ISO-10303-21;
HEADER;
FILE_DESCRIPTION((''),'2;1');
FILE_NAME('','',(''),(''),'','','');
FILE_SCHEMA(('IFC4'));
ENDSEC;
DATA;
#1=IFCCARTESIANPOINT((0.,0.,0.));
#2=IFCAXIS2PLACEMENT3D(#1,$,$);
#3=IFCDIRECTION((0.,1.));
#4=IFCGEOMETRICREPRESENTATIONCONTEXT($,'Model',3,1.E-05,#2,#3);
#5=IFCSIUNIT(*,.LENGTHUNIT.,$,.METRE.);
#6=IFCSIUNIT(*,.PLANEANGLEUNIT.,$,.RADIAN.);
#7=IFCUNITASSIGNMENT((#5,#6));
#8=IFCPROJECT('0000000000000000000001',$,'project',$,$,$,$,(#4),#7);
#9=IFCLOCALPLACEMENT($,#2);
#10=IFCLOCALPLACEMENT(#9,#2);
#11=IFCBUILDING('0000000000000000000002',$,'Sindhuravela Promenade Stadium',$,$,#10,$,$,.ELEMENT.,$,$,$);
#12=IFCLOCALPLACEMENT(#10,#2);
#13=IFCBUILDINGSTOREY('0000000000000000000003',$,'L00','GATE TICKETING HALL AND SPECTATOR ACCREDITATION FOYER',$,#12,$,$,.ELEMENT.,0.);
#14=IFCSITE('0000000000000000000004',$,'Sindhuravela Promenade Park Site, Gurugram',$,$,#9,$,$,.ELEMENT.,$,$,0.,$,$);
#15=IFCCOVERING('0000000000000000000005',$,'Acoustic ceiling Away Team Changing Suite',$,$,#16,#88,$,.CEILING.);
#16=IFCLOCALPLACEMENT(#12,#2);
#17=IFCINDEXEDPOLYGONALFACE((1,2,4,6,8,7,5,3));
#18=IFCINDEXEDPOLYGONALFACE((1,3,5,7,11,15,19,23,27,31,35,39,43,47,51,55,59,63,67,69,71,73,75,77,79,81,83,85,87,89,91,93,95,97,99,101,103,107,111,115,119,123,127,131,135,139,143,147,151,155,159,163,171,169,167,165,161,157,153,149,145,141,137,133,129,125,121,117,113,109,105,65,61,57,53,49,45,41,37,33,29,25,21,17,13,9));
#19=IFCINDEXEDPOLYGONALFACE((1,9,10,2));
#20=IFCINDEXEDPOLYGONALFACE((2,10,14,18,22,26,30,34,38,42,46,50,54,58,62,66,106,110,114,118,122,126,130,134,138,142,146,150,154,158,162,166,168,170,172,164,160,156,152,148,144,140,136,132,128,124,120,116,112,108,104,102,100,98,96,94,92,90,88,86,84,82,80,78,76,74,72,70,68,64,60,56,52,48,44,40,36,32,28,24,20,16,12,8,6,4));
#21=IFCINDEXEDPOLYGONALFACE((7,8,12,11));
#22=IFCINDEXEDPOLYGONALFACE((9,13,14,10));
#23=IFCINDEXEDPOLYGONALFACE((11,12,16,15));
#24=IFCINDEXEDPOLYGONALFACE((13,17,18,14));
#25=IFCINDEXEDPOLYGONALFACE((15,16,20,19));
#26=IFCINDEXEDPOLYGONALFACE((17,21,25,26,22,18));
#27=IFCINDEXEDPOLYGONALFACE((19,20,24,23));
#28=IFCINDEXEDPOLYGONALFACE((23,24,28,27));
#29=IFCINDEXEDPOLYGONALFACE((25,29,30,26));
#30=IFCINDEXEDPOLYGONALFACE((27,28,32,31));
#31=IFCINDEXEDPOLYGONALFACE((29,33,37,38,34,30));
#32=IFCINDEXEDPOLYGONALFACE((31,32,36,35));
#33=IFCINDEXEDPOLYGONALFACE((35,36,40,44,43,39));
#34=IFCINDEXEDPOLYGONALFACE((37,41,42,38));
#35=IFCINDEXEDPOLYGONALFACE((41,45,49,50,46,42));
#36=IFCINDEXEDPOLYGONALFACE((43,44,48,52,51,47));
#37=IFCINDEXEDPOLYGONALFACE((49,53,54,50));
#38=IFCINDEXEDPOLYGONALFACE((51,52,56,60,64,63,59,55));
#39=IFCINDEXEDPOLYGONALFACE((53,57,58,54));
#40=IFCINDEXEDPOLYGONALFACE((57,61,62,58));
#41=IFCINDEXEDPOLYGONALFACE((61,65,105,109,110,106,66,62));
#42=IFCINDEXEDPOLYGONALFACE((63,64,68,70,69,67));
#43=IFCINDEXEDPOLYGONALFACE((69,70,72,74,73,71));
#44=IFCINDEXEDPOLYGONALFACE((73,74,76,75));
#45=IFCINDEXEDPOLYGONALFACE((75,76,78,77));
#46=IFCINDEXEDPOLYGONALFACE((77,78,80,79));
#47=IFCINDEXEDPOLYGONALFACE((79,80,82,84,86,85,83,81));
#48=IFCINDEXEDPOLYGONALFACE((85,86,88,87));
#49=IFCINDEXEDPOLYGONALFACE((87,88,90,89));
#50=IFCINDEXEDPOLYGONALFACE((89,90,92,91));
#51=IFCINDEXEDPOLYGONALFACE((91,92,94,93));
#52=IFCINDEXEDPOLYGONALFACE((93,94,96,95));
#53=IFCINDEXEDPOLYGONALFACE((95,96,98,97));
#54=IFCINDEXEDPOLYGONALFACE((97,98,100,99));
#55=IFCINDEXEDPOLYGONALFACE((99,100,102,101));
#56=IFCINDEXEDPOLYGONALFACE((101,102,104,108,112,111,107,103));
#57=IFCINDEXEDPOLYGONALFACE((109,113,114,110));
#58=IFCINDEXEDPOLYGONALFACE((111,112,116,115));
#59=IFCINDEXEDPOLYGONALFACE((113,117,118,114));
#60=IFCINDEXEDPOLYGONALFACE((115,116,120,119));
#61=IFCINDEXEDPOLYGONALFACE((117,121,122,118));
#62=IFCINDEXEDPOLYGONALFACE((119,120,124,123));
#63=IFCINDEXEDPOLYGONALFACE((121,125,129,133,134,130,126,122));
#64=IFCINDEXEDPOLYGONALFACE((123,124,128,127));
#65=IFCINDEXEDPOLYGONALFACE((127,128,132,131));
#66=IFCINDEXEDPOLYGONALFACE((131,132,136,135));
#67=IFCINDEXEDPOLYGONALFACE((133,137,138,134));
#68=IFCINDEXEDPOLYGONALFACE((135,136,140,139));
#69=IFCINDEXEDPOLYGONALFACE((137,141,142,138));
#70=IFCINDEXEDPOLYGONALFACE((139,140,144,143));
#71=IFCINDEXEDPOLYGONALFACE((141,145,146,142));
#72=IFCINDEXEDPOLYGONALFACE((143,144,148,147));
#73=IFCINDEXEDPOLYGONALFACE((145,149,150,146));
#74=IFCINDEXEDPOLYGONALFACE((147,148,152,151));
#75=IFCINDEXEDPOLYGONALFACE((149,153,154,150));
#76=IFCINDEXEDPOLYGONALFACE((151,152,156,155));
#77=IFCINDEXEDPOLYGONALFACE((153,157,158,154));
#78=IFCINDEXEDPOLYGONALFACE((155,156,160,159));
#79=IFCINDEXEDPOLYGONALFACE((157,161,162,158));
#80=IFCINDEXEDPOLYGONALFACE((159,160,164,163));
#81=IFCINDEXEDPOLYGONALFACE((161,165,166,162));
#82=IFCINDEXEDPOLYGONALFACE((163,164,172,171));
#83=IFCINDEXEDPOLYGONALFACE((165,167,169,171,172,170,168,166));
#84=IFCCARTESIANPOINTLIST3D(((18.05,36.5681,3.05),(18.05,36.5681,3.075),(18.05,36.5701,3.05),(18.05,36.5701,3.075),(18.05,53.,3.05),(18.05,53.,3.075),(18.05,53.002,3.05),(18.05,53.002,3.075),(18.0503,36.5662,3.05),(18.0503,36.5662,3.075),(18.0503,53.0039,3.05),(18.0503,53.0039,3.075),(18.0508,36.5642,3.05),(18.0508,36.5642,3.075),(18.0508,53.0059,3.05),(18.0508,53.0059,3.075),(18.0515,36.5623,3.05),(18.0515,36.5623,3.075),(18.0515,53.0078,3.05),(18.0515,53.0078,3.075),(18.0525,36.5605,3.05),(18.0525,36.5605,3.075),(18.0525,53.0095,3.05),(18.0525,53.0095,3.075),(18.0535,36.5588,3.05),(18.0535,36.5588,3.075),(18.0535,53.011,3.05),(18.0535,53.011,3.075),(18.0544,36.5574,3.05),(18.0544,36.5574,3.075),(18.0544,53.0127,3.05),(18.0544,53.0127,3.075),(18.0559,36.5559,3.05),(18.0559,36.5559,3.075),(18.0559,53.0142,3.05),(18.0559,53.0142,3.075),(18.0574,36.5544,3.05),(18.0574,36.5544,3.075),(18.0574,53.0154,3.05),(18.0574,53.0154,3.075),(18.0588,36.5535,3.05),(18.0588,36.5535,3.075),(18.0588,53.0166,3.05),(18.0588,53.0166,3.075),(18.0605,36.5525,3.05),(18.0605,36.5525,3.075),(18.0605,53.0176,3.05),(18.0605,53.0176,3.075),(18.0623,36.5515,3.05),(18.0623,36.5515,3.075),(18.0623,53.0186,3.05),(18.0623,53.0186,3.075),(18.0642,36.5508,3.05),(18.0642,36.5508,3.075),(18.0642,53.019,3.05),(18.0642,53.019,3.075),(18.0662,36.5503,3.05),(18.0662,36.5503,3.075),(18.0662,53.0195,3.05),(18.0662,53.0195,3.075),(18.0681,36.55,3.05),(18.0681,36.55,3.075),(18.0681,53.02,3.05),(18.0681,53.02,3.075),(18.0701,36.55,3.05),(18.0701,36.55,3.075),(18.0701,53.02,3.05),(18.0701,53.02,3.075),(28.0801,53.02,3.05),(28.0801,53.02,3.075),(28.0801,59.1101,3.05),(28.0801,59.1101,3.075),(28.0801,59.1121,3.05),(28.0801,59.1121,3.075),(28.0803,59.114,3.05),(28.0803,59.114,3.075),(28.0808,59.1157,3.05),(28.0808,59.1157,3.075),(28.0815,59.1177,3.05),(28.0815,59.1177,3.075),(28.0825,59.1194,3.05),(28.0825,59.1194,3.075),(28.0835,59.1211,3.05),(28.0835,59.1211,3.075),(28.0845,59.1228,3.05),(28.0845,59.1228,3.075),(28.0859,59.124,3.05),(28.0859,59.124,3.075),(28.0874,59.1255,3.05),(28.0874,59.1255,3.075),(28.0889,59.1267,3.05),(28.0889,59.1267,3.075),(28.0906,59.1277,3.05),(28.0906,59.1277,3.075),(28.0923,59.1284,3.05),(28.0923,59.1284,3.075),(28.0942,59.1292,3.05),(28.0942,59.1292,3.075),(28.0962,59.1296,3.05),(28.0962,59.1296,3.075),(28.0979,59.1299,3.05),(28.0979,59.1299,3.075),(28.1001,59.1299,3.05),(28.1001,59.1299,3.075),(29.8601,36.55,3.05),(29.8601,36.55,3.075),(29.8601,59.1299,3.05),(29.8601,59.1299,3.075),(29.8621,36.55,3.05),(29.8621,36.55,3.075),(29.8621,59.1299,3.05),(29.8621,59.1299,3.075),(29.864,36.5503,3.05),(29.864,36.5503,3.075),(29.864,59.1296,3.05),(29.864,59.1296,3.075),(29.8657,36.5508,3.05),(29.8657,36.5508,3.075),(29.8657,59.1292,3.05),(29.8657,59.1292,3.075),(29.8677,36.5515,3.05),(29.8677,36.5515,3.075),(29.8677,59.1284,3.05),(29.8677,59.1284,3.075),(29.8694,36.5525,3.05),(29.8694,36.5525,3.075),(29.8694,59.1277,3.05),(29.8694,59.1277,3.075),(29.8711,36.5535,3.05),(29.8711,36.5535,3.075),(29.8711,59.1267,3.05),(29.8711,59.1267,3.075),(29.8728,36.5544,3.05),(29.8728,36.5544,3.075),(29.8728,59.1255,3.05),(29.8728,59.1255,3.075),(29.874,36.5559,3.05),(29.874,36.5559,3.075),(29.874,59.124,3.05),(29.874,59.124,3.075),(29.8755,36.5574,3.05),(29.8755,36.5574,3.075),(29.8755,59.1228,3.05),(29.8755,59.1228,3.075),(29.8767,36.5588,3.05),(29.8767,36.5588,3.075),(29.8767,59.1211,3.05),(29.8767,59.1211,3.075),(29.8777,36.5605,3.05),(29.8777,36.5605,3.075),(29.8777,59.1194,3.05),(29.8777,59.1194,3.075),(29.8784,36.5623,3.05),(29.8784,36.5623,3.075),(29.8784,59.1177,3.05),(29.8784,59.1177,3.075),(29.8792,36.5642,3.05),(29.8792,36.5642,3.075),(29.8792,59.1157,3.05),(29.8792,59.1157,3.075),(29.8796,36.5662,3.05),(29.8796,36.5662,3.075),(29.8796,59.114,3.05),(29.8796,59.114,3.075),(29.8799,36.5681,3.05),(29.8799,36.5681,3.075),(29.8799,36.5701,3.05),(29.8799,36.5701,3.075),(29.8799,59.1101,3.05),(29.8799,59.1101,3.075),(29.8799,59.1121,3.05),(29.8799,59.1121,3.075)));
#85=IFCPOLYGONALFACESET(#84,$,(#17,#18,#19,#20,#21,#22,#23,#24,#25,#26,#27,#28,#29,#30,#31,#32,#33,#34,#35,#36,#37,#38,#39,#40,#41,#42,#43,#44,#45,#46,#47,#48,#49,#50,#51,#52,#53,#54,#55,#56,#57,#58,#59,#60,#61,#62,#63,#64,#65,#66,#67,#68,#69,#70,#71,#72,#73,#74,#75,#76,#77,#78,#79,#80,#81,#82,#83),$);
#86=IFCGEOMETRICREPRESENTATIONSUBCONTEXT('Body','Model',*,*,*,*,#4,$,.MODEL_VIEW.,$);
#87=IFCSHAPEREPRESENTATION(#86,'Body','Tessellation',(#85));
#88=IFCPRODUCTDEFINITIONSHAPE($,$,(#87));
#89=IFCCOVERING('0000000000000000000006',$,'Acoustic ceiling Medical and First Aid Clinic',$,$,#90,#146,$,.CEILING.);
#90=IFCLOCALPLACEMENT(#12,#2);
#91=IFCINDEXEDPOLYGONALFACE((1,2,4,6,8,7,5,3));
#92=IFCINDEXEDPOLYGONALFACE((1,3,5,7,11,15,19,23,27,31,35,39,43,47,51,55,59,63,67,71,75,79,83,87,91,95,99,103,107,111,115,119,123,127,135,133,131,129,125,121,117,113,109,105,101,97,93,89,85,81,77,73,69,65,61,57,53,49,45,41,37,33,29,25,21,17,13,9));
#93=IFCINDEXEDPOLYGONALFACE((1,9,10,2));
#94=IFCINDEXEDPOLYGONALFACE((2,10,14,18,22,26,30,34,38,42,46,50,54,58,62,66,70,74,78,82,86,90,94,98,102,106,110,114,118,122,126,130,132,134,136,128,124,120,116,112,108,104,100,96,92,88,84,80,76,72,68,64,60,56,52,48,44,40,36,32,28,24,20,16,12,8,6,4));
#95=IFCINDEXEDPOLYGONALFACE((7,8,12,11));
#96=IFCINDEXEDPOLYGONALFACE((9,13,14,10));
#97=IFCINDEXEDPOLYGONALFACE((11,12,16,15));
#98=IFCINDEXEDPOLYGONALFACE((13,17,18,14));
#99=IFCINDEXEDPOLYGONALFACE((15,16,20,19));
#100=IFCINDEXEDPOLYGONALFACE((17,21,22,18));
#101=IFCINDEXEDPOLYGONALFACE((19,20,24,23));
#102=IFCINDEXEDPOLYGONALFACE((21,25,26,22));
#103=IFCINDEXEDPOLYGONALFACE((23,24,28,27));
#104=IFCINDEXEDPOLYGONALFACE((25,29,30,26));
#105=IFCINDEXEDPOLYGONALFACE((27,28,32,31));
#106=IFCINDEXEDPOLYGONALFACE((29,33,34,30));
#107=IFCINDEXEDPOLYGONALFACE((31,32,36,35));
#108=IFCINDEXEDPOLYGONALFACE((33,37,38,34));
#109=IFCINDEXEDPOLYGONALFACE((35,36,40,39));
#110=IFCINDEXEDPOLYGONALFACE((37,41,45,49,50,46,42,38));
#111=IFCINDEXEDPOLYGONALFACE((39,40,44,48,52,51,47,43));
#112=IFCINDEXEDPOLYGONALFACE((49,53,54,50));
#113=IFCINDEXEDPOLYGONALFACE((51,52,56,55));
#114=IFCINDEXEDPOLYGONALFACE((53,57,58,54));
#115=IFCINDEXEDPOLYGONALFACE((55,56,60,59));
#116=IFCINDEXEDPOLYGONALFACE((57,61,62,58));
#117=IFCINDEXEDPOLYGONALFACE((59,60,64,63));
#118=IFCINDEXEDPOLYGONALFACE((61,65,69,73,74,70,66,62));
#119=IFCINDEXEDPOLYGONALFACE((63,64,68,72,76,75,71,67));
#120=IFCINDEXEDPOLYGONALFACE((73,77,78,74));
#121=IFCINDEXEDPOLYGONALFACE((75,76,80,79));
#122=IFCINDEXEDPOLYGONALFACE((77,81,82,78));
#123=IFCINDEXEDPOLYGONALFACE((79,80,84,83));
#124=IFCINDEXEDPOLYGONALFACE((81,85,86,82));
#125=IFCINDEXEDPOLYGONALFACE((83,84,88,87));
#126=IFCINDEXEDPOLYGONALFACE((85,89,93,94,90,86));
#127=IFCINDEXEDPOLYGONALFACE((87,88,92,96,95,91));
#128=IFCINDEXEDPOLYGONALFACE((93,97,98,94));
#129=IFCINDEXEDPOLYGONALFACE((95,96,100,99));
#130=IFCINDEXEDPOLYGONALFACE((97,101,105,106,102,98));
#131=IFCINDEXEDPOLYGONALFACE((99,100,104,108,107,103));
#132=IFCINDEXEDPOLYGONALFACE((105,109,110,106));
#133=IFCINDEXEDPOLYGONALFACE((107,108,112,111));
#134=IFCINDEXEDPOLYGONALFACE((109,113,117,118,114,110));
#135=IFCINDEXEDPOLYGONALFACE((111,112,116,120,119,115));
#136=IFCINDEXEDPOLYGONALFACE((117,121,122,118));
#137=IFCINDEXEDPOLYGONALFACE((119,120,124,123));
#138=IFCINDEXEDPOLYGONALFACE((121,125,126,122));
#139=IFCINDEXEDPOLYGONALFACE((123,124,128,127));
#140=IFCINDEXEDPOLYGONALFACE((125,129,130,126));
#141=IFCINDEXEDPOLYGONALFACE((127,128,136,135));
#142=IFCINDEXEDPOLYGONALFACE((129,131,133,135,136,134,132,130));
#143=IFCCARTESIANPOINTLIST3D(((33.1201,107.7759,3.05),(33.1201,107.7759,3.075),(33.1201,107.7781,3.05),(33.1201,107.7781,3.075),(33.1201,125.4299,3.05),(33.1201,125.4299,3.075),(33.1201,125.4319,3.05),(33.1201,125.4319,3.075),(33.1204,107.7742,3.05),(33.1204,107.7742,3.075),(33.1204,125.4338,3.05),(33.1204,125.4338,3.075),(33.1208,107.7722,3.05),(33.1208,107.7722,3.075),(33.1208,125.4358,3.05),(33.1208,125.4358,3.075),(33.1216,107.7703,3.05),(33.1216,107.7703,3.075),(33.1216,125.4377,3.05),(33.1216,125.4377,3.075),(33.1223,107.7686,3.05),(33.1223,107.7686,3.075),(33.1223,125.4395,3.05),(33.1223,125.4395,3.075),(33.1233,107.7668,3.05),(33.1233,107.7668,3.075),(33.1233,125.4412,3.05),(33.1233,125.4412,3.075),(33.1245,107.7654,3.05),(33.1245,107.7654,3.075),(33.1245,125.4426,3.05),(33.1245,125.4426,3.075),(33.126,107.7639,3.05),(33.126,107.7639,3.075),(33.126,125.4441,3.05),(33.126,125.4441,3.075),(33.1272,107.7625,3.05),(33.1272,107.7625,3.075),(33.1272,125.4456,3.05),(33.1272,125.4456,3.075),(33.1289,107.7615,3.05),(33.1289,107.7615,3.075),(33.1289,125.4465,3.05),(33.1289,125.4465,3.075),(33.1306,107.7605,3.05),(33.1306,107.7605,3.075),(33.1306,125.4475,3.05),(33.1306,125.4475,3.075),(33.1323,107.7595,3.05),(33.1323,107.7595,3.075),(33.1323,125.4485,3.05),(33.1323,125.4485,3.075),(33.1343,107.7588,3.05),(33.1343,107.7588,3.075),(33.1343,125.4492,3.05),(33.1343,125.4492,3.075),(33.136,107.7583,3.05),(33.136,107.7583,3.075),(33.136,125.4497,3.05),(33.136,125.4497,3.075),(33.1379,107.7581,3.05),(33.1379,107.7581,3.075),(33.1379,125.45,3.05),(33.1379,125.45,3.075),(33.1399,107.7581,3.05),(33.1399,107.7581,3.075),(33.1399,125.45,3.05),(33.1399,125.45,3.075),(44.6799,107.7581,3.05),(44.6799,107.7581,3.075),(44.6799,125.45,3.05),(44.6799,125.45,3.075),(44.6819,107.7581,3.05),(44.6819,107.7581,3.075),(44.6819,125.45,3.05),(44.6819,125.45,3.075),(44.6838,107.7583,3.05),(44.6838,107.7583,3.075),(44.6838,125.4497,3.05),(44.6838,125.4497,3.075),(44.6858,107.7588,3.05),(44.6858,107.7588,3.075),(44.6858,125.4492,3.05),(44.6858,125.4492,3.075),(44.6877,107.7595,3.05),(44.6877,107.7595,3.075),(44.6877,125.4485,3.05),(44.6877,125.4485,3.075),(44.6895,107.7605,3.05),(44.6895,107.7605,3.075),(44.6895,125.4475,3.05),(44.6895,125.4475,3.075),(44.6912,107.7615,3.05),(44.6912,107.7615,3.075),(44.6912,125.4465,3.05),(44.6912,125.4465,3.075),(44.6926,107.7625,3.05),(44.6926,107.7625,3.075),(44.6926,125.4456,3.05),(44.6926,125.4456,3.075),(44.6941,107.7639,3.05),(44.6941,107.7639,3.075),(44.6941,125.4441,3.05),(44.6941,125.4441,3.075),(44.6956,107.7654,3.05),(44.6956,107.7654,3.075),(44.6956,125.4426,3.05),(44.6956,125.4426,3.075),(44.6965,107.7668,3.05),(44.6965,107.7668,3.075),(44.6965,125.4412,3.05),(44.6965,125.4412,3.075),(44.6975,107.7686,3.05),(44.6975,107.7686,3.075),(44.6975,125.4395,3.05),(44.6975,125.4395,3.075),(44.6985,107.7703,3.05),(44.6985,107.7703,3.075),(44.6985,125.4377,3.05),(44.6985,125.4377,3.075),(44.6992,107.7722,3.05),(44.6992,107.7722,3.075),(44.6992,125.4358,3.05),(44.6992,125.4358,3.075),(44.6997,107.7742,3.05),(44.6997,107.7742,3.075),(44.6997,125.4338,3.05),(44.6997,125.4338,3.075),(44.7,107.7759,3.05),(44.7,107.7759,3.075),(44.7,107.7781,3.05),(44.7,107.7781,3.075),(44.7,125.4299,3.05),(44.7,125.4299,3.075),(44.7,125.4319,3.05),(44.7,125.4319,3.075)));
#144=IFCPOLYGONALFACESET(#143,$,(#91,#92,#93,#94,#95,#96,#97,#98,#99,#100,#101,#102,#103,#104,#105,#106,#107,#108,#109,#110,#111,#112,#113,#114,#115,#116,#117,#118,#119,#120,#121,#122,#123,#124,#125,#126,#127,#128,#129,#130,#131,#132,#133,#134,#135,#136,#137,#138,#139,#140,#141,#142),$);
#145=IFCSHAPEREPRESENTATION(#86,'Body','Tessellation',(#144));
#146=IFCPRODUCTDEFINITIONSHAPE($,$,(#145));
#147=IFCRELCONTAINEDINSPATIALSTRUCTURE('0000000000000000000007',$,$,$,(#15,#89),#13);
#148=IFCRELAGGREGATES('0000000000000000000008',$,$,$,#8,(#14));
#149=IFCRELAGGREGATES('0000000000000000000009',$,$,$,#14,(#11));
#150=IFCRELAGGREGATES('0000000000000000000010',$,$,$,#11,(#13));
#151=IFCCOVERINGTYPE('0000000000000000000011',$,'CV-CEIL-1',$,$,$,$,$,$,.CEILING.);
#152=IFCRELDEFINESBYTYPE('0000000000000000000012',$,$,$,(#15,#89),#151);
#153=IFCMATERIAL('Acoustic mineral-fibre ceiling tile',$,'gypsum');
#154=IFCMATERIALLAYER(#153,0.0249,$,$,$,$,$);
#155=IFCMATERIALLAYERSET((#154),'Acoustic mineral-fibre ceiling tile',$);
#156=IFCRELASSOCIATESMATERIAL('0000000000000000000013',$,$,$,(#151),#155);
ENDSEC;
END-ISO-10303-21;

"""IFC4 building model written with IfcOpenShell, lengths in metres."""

from ifc_helpers import new_model, si_unit, direction, frame, origin, place, context, subcontext, project, spatial, polyline, outline, extrude, material, layer, layer_set, type_object, element, save


model = new_model("IFC4")

# Units and contexts
model_context = context("Model", 3, precision=1e-05, world=origin(), true_north=direction((0.0, 1.0)))
body_context = subcontext(model_context, "Body", "Model", "MODEL_VIEW")
ifc_project = project(units=[si_unit("LENGTHUNIT", "METRE"), si_unit("PLANEANGLEUNIT", "RADIAN")], contexts=[model_context])

# Site, building, storey
site_placement = place(None, origin())
site = spatial("IfcSite", under=ifc_project, at=site_placement, Name="Sindhuravela Promenade Park Site, Gurugram", CompositionType="ELEMENT", RefElevation=0.0)
building_placement = place(site_placement, origin())
building = spatial("IfcBuilding", under=site, at=building_placement, Name="Sindhuravela Promenade Stadium", CompositionType="ELEMENT")
storey_placement = place(building_placement, origin())
storey = spatial("IfcBuildingStorey", under=building, at=storey_placement, Name="L00", Description="GATE TICKETING HALL AND SPECTATOR ACCREDITATION FOYER", CompositionType="ELEMENT", Elevation=0.0)

# Coverings
ifc_material_1 = material(Name="Acoustic mineral-fibre ceiling tile", Category="gypsum")
ifc_layer_1 = layer(ifc_material_1, 0.0249)
ifc_layer_set_1 = layer_set([ifc_layer_1], Name="Acoustic mineral-fibre ceiling tile")
covering_type_1 = type_object("IfcCoveringType", Name="CV-CEIL-1", PredefinedType="CEILING", material=ifc_layer_set_1)
covering_1_placement = place(storey_placement, frame((0.0, 0.0, 3.05)))
element("IfcCovering", 1, at=covering_1_placement, inside=storey, type_object=covering_type_1, Name="Acoustic ceiling Away Team Changing Suite", PredefinedType="CEILING", context=body_context, shape_type="SweptSolid", body=[
    extrude(outline(polyline([(28.0801, 53.02), (28.0801, 59.1101), (28.0801, 59.1121), (28.0803, 59.114), (28.0808, 59.1157), (28.0815, 59.1177), (28.0825, 59.1194), (28.0835, 59.1211), (28.0845, 59.1228), (28.0859, 59.124), (28.0874, 59.1255), (28.0889, 59.1267), (28.0906, 59.1277), (28.0923, 59.1284), (28.0942, 59.1292), (28.0962, 59.1296), (28.0979, 59.1299), (28.1001, 59.1299), (29.8601, 59.1299), (29.8621, 59.1299), (29.864, 59.1296), (29.8657, 59.1292), (29.8677, 59.1284), (29.8694, 59.1277), (29.8711, 59.1267), (29.8728, 59.1255), (29.874, 59.124), (29.8755, 59.1228), (29.8767, 59.1211), (29.8777, 59.1194), (29.8784, 59.1177), (29.8792, 59.1157), (29.8796, 59.114), (29.8799, 59.1121), (29.8799, 59.1101), (29.8799, 36.5701), (29.8799, 36.5681), (29.8796, 36.5662), (29.8792, 36.5642), (29.8784, 36.5623), (29.8777, 36.5605), (29.8767, 36.5588), (29.8755, 36.5574), (29.874, 36.5559), (29.8728, 36.5544), (29.8711, 36.5535), (29.8694, 36.5525), (29.8677, 36.5515), (29.8657, 36.5508), (29.864, 36.5503), (29.8621, 36.55), (29.8601, 36.55), (18.0701, 36.55), (18.0681, 36.55), (18.0662, 36.5503), (18.0642, 36.5508), (18.0623, 36.5515), (18.0605, 36.5525), (18.0588, 36.5535), (18.0574, 36.5544), (18.0559, 36.5559), (18.0544, 36.5574), (18.0535, 36.5588), (18.0525, 36.5605), (18.0515, 36.5623), (18.0508, 36.5642), (18.0503, 36.5662), (18.05, 36.5681), (18.05, 36.5701), (18.05, 53.0), (18.05, 53.002), (18.0503, 53.0039), (18.0508, 53.0059), (18.0515, 53.0078), (18.0525, 53.0095), (18.0535, 53.011), (18.0544, 53.0127), (18.0559, 53.0142), (18.0574, 53.0154), (18.0588, 53.0166), (18.0605, 53.0176), (18.0623, 53.0186), (18.0642, 53.019), (18.0662, 53.0195), (18.0681, 53.02), (18.0701, 53.02), (28.0801, 53.02)])), origin(), (0.0, 0.0, 1.0), 0.0249),
])
covering_2_placement = place(storey_placement, frame((0.0, 0.0, 3.05)))
element("IfcCovering", 2, at=covering_2_placement, inside=storey, type_object=covering_type_1, Name="Acoustic ceiling Medical and First Aid Clinic", PredefinedType="CEILING", context=body_context, shape_type="SweptSolid", body=[
    extrude(outline(polyline([(44.7, 107.7781), (44.7, 107.7759), (44.6997, 107.7742), (44.6992, 107.7722), (44.6985, 107.7703), (44.6975, 107.7686), (44.6965, 107.7668), (44.6956, 107.7654), (44.6941, 107.7639), (44.6926, 107.7625), (44.6912, 107.7615), (44.6895, 107.7605), (44.6877, 107.7595), (44.6858, 107.7588), (44.6838, 107.7583), (44.6819, 107.7581), (44.6799, 107.7581), (33.1399, 107.7581), (33.1379, 107.7581), (33.136, 107.7583), (33.1343, 107.7588), (33.1323, 107.7595), (33.1306, 107.7605), (33.1289, 107.7615), (33.1272, 107.7625), (33.126, 107.7639), (33.1245, 107.7654), (33.1233, 107.7668), (33.1223, 107.7686), (33.1216, 107.7703), (33.1208, 107.7722), (33.1204, 107.7742), (33.1201, 107.7759), (33.1201, 107.7781), (33.1201, 125.4299), (33.1201, 125.4319), (33.1204, 125.4338), (33.1208, 125.4358), (33.1216, 125.4377), (33.1223, 125.4395), (33.1233, 125.4412), (33.1245, 125.4426), (33.126, 125.4441), (33.1272, 125.4456), (33.1289, 125.4465), (33.1306, 125.4475), (33.1323, 125.4485), (33.1343, 125.4492), (33.136, 125.4497), (33.1379, 125.45), (33.1399, 125.45), (44.6799, 125.45), (44.6819, 125.45), (44.6838, 125.4497), (44.6858, 125.4492), (44.6877, 125.4485), (44.6895, 125.4475), (44.6912, 125.4465), (44.6926, 125.4456), (44.6941, 125.4441), (44.6956, 125.4426), (44.6965, 125.4412), (44.6975, 125.4395), (44.6985, 125.4377), (44.6992, 125.4358), (44.6997, 125.4338), (44.7, 125.4319), (44.7, 125.4299), (44.7, 107.7781)])), origin(), (0.0, 0.0, 1.0), 0.0249),
])

save(model, "model.ifc")
